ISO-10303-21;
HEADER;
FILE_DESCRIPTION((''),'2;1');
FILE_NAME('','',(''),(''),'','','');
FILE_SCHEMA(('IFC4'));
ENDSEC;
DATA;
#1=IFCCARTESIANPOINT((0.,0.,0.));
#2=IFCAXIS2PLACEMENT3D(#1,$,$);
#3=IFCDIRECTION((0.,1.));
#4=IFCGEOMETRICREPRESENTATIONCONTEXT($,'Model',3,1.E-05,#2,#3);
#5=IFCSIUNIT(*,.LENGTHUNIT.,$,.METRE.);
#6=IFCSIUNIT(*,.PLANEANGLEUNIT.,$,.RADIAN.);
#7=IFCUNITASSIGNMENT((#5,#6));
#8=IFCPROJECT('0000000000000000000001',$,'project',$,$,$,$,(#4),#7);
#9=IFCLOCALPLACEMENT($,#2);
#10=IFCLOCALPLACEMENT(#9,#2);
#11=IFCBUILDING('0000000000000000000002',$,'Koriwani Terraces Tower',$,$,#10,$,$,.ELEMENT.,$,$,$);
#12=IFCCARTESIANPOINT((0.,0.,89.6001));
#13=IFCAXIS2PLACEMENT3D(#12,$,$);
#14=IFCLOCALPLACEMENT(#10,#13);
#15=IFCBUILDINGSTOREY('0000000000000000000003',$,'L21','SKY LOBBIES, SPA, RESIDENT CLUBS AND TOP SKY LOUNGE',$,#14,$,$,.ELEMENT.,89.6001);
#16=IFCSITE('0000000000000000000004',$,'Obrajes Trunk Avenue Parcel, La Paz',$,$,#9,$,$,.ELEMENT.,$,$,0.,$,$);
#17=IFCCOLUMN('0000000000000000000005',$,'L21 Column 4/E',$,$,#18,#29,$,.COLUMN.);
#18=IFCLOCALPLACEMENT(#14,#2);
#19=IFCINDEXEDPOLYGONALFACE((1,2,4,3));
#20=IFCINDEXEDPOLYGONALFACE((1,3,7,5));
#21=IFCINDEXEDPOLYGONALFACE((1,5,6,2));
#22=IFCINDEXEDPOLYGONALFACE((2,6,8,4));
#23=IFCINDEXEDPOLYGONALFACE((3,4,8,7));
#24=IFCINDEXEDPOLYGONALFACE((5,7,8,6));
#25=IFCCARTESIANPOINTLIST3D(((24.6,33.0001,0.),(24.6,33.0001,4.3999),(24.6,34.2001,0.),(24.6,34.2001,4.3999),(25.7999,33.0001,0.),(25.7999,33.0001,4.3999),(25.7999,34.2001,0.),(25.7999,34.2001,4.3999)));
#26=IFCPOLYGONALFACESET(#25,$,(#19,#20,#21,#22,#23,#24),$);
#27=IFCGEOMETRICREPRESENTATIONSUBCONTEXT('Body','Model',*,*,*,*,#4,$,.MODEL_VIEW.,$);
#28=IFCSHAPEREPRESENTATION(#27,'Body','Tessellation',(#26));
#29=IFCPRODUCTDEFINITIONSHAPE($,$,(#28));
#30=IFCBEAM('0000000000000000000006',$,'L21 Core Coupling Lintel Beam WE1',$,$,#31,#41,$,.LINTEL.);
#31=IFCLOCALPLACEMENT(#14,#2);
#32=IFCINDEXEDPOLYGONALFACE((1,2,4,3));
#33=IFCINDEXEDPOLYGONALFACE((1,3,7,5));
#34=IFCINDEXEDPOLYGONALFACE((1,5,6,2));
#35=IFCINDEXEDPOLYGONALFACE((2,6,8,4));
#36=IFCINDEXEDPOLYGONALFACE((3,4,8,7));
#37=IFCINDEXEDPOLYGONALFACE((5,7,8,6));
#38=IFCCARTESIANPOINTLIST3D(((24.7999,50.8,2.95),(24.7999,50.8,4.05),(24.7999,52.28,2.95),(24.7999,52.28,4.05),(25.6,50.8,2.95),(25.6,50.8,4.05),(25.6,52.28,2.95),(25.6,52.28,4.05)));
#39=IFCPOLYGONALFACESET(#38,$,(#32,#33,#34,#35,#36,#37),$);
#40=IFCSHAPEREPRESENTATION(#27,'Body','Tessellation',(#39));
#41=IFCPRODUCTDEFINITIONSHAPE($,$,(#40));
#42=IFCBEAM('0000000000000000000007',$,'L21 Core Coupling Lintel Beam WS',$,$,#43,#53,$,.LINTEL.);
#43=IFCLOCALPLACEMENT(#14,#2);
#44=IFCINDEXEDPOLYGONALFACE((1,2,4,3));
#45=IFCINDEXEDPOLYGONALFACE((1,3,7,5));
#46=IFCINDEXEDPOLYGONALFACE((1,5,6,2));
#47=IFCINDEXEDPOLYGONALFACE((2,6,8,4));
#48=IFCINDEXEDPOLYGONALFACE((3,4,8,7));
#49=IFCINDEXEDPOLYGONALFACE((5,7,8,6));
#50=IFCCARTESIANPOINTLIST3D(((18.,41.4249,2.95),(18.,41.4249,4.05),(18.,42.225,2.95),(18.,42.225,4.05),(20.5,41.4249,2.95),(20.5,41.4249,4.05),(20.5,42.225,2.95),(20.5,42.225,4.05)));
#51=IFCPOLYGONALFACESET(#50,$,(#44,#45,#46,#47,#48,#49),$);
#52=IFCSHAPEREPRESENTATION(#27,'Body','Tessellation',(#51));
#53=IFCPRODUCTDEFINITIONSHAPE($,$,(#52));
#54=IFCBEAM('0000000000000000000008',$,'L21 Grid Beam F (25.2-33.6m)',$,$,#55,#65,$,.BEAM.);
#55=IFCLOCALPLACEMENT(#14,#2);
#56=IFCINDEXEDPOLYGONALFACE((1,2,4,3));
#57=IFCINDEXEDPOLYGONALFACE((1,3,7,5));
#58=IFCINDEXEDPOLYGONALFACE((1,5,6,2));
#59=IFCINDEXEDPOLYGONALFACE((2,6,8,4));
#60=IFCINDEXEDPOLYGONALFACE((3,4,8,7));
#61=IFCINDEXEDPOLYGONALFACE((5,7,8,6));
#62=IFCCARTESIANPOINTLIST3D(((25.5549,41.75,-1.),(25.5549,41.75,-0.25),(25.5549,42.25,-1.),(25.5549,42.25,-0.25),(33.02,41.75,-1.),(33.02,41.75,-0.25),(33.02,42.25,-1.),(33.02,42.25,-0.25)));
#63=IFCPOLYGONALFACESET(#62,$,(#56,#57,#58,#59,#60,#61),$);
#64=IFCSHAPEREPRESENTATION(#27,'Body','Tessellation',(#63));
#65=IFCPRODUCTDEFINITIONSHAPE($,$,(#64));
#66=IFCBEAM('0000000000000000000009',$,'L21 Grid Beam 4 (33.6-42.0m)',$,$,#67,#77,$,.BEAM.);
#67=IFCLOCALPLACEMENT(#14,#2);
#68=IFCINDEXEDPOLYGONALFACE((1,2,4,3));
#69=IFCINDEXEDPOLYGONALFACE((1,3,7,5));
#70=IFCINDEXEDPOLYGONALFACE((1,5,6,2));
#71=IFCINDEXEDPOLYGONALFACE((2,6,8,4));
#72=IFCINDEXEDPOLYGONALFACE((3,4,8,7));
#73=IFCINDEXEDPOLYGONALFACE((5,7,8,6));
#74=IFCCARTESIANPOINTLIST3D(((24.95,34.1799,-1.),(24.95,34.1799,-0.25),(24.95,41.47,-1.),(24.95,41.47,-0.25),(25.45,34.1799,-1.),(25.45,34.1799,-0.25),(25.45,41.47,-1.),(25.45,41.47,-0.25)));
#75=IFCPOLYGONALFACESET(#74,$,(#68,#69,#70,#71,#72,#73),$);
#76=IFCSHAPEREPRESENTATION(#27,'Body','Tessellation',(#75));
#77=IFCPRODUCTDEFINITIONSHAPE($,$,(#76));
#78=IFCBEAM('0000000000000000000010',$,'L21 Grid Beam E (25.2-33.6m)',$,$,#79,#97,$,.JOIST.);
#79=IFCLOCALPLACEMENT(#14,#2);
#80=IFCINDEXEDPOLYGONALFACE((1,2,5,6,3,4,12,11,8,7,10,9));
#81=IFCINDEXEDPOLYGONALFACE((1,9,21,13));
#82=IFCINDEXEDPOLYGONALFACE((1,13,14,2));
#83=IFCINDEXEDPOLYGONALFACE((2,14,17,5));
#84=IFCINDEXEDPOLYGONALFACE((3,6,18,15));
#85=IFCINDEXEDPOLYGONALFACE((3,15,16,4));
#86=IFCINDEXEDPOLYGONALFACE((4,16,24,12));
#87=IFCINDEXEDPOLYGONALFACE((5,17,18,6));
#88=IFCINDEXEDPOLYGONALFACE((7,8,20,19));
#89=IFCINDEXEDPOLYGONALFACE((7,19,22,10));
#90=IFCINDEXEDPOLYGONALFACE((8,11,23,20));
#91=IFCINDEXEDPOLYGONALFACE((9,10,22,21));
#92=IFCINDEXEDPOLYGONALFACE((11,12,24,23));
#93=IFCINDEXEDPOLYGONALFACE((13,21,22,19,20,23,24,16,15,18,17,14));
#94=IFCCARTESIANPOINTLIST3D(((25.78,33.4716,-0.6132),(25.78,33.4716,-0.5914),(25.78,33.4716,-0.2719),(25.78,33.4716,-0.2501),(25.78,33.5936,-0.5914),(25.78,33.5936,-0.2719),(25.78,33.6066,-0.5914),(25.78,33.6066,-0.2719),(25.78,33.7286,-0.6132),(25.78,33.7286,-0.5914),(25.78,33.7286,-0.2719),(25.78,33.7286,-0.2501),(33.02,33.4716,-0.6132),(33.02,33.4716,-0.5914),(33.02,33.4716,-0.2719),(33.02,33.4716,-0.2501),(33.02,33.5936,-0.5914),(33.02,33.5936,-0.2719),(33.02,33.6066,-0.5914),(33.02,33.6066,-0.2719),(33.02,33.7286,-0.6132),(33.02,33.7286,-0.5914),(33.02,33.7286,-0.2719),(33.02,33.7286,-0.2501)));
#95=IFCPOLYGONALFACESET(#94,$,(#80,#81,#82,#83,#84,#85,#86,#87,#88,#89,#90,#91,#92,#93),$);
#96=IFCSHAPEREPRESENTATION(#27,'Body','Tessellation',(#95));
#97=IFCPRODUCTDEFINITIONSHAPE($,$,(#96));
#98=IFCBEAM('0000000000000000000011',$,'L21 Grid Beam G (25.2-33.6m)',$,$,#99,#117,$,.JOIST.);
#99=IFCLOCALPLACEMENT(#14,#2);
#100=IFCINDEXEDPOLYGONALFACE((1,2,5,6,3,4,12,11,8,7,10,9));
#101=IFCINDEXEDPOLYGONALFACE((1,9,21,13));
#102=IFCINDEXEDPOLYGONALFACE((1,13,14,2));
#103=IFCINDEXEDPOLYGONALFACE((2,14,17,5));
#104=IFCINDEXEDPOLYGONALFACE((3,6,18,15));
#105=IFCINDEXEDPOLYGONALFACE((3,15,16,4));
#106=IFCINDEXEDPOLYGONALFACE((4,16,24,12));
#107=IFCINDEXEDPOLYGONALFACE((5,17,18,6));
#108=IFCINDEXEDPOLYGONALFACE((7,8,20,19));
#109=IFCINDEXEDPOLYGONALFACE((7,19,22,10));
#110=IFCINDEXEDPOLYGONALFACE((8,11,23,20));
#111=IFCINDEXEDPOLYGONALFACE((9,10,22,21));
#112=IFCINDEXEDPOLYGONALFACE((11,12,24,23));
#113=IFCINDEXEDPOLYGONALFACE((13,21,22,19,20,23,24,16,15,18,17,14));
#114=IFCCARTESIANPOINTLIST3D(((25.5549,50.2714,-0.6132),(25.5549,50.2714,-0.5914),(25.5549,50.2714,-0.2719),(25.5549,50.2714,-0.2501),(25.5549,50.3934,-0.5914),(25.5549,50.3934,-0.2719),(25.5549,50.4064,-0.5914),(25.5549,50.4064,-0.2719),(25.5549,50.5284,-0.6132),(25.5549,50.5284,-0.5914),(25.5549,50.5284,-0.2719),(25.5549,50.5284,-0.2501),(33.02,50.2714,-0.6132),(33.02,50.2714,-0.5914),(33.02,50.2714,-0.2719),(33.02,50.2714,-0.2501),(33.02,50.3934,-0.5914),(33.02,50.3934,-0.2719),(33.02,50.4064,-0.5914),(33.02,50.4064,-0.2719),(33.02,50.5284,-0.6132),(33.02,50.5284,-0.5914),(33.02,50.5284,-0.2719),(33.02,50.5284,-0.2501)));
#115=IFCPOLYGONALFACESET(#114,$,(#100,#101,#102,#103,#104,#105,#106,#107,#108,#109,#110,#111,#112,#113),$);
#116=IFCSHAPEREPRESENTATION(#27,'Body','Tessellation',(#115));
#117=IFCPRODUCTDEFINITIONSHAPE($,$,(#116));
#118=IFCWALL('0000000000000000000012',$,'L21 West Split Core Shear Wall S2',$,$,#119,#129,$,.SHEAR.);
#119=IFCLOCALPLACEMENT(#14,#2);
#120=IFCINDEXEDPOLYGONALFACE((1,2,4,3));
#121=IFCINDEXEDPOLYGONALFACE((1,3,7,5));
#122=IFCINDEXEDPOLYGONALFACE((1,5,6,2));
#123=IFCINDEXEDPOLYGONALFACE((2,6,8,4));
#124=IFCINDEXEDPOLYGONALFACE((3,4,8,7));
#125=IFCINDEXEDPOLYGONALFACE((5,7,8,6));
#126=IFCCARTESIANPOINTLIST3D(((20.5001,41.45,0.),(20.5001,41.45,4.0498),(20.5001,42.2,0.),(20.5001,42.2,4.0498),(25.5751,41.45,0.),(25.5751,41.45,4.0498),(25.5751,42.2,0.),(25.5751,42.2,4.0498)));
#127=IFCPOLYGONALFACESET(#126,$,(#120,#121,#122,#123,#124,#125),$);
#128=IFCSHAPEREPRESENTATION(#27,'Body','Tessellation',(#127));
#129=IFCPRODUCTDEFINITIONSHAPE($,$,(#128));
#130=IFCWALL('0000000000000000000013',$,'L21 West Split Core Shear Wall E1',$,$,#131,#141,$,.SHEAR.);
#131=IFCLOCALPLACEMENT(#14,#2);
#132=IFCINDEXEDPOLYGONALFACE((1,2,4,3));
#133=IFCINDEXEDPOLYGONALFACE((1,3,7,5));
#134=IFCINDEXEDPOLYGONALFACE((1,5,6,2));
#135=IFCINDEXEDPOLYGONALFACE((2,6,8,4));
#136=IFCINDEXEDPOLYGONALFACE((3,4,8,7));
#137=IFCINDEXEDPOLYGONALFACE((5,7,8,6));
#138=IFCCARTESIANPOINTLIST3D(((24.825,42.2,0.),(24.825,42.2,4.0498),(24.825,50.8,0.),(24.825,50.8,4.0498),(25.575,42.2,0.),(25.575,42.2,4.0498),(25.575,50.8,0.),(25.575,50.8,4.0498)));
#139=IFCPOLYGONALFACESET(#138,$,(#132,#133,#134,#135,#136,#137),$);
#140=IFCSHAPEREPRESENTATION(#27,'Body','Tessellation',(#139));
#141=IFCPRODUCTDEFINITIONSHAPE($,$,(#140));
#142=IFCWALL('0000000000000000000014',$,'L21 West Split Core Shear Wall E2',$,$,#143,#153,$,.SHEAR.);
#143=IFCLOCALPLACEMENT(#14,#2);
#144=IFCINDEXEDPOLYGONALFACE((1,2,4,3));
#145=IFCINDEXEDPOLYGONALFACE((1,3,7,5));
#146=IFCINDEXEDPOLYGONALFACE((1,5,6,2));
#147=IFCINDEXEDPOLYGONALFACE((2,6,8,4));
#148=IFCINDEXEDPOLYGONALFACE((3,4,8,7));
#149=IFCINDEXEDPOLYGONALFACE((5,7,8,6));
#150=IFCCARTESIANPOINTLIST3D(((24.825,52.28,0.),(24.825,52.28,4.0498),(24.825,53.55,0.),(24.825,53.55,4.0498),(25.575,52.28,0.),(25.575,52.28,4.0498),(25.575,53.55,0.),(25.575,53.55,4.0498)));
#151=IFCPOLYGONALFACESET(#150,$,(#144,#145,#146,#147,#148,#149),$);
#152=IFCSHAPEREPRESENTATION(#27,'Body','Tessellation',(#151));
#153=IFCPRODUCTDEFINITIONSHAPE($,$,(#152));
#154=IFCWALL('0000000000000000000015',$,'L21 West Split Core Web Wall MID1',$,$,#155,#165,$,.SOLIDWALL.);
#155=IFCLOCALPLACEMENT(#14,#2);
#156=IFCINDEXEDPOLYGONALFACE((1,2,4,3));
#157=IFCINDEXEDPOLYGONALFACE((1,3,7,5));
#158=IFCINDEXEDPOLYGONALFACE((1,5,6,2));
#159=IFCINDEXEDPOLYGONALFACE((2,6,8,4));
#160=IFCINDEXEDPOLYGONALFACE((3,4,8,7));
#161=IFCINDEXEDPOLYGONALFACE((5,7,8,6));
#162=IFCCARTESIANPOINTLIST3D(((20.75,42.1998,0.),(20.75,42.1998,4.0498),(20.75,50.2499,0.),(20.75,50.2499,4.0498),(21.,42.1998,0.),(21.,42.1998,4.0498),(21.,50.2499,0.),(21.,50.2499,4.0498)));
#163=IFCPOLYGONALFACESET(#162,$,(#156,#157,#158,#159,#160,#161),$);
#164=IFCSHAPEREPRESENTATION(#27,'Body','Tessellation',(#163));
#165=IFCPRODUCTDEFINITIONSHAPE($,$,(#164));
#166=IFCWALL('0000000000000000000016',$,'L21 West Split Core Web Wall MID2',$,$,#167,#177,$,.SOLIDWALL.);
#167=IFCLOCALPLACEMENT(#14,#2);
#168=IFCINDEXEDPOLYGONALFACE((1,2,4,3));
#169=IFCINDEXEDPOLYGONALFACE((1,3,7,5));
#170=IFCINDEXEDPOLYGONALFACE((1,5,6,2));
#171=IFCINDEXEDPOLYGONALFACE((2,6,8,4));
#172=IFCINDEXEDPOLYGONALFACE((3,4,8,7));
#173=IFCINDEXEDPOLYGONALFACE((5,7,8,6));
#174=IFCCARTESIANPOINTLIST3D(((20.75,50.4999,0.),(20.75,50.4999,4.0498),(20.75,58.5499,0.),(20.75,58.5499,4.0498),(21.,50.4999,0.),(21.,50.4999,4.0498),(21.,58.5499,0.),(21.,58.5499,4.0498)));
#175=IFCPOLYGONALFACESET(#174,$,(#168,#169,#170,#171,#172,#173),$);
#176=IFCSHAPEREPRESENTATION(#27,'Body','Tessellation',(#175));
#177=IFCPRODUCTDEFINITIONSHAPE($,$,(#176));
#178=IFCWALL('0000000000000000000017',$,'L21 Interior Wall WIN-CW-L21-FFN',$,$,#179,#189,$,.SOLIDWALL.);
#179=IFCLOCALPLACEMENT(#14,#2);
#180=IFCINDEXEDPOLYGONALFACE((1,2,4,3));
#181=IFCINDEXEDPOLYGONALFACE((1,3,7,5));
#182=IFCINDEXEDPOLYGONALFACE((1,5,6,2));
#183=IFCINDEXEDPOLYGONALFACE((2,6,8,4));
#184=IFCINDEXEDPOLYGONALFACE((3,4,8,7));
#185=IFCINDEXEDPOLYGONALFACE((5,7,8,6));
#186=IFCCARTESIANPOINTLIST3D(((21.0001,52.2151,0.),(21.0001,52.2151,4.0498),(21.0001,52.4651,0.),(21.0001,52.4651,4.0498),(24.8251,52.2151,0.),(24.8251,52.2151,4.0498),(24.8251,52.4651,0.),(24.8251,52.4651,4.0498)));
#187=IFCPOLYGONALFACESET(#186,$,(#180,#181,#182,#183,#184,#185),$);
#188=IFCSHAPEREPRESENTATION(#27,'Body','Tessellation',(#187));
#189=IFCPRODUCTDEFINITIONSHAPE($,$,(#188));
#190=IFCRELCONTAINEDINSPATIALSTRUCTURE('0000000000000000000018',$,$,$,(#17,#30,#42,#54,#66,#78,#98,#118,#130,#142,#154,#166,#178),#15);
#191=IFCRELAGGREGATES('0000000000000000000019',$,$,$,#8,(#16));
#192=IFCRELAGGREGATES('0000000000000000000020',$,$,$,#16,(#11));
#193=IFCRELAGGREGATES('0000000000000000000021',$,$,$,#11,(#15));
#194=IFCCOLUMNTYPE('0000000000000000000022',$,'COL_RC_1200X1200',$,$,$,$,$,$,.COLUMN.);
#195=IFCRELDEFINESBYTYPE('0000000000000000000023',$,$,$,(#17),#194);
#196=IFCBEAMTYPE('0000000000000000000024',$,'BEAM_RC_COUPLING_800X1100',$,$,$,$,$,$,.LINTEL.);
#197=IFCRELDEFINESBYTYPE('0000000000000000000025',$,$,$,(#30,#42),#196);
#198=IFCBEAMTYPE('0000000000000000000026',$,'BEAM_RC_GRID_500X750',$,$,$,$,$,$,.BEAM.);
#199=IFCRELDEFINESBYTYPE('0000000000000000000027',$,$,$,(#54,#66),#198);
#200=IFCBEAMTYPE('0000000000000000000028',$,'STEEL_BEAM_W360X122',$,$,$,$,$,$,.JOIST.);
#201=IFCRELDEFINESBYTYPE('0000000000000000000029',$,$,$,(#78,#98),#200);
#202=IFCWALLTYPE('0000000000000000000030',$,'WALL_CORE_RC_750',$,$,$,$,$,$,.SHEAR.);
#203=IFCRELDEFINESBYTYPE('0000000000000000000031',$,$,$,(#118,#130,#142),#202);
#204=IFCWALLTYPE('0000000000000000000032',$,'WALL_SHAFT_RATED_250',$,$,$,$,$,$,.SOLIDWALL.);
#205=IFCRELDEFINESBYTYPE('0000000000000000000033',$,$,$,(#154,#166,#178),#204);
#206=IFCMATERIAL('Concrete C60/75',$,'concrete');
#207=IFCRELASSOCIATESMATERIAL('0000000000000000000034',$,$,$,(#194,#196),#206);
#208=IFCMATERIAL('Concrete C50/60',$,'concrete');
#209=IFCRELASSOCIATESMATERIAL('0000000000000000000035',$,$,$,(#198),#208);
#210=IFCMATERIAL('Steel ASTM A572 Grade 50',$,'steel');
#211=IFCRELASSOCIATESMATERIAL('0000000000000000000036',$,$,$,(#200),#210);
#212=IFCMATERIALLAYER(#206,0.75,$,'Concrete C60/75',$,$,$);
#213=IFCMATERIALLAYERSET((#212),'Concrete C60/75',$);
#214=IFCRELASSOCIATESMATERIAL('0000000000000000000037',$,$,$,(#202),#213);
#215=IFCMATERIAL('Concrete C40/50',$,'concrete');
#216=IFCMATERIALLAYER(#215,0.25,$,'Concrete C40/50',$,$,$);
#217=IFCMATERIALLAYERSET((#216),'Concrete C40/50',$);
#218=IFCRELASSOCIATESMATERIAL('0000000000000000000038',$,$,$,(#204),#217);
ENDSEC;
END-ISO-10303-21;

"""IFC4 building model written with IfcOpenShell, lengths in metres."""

from ifc_helpers import new_model, si_unit, direction, frame, frame_2d, origin, origin_2d, place, context, subcontext, project, spatial, rectangle, i_section, extrude, material, layer, layer_set, material_profile, profile_set, type_object, element, save


model = new_model("IFC4")

# Units and contexts
model_context = context("Model", 3, precision=1e-05, world=origin(), true_north=direction((0.0, 1.0)))
body_context = subcontext(model_context, "Body", "Model", "MODEL_VIEW")
ifc_project = project(units=[si_unit("LENGTHUNIT", "METRE"), si_unit("PLANEANGLEUNIT", "RADIAN")], contexts=[model_context])

# Site, building, storey
site_placement = place(None, origin())
site = spatial("IfcSite", under=ifc_project, at=site_placement, Name="Obrajes Trunk Avenue Parcel, La Paz", CompositionType="ELEMENT", RefElevation=0.0)
building_placement = place(site_placement, origin())
building = spatial("IfcBuilding", under=site, at=building_placement, Name="Koriwani Terraces Tower", CompositionType="ELEMENT")
storey_placement = place(building_placement, frame((0.0, 0.0, 89.6001)))
storey = spatial("IfcBuildingStorey", under=building, at=storey_placement, Name="L21", Description="SKY LOBBIES, SPA, RESIDENT CLUBS AND TOP SKY LOUNGE", CompositionType="ELEMENT", Elevation=89.6001)

# Column
ifc_material_1 = material(Name="Concrete C60/75", Category="concrete")
ifc_material_profile_1 = material_profile(ifc_material_1, rectangle(XDim=1.2, YDim=1.2, at=origin_2d()), Name="Concrete C60/75", Category="LoadBearing")
ifc_profile_set_1 = profile_set([ifc_material_profile_1], Name="Concrete C60/75")
column_type = type_object("IfcColumnType", Name="COL_RC_1200X1200", PredefinedType="COLUMN", material=ifc_profile_set_1)
column_placement = place(storey_placement, frame((25.2, 33.6001, 0.0), z_axis=(0.0, 0.0, 1.0), x_axis=(1.0, 0.0, 0.0)))
element("IfcColumn", 1, at=column_placement, inside=storey, type_object=column_type, Name="L21 Column 4/E", PredefinedType="COLUMN", context=body_context, shape_type="SweptSolid", body=[
    extrude(rectangle(XDim=1.2, YDim=1.2, at=origin_2d()), origin(), (0.0, 0.0, 1.0), 4.3999),
])

# Beams
ifc_material_profile_2 = material_profile(ifc_material_1, rectangle(XDim=0.8, YDim=1.1001, at=origin_2d()), Name="Concrete C60/75", Category="LoadBearing")
ifc_profile_set_2 = profile_set([ifc_material_profile_2], Name="Concrete C60/75")
beam_type_1 = type_object("IfcBeamType", Name="BEAM_RC_COUPLING_800X1100", PredefinedType="LINTEL", material=ifc_profile_set_2)
beam_1_placement = place(storey_placement, frame((25.2, 50.8, 3.5), z_axis=(0.0, 1.0, 0.0), x_axis=(-1.0, 0.0, 0.0)))
element("IfcBeam", 2, at=beam_1_placement, inside=storey, type_object=beam_type_1, Name="L21 Core Coupling Lintel Beam WE1", PredefinedType="LINTEL", context=body_context, shape_type="SweptSolid", body=[
    extrude(rectangle(XDim=0.8, YDim=1.1001, at=origin_2d()), origin(), (0.0, 0.0, 1.0), 1.48),
])
beam_2_placement = place(storey_placement, frame((18.0, 41.825, 3.5), z_axis=(1.0, 0.0, 0.0), x_axis=(0.0, 1.0, 0.0)))
element("IfcBeam", 3, at=beam_2_placement, inside=storey, type_object=beam_type_1, Name="L21 Core Coupling Lintel Beam WS", PredefinedType="LINTEL", context=body_context, shape_type="SweptSolid", body=[
    extrude(rectangle(XDim=0.8, YDim=1.1001, at=origin_2d()), origin(), (0.0, 0.0, 1.0), 2.5),
])
ifc_material_2 = material(Name="Concrete C50/60", Category="concrete")
ifc_material_profile_3 = material_profile(ifc_material_2, rectangle(XDim=0.5, YDim=0.75, at=origin_2d()), Name="Concrete C50/60", Category="LoadBearing")
ifc_profile_set_3 = profile_set([ifc_material_profile_3], Name="Concrete C50/60")
beam_type_2 = type_object("IfcBeamType", Name="BEAM_RC_GRID_500X750", PredefinedType="BEAM", material=ifc_profile_set_3)
beam_3_placement = place(storey_placement, frame((25.5549, 42.0, -0.625), z_axis=(1.0, 0.0, 0.0), x_axis=(0.0, 1.0, 0.0)))
element("IfcBeam", 4, at=beam_3_placement, inside=storey, type_object=beam_type_2, Name="L21 Grid Beam F (25.2-33.6m)", PredefinedType="BEAM", context=body_context, shape_type="SweptSolid", body=[
    extrude(rectangle(XDim=0.5, YDim=0.75, at=origin_2d()), origin(), (0.0, 0.0, 1.0), 7.4651),
])
beam_4_placement = place(storey_placement, frame((25.2, 34.1799, -0.625), z_axis=(0.0, 1.0, 0.0), x_axis=(-1.0, 0.0, 0.0)))
element("IfcBeam", 5, at=beam_4_placement, inside=storey, type_object=beam_type_2, Name="L21 Grid Beam 4 (33.6-42.0m)", PredefinedType="BEAM", context=body_context, shape_type="SweptSolid", body=[
    extrude(rectangle(XDim=0.5, YDim=0.75, at=origin_2d()), origin(), (0.0, 0.0, 1.0), 7.29),
])
ifc_material_3 = material(Name="Steel ASTM A572 Grade 50", Category="steel")
ifc_material_profile_4 = material_profile(ifc_material_3, i_section(OverallWidth=0.2571, OverallDepth=0.363, WebThickness=0.0129, FlangeThickness=0.0217, at=origin_2d()), Name="Steel ASTM A572 Grade 50", Category="LoadBearing")
ifc_profile_set_4 = profile_set([ifc_material_profile_4], Name="Steel ASTM A572 Grade 50")
beam_type_3 = type_object("IfcBeamType", Name="STEEL_BEAM_W360X122", PredefinedType="JOIST", material=ifc_profile_set_4)
beam_5_placement = place(storey_placement, frame((25.78, 33.6001, -0.4316), z_axis=(1.0, 0.0, 0.0), x_axis=(0.0, 1.0, 0.0)))
element("IfcBeam", 6, at=beam_5_placement, inside=storey, type_object=beam_type_3, Name="L21 Grid Beam E (25.2-33.6m)", PredefinedType="JOIST", context=body_context, shape_type="SweptSolid", body=[
    extrude(i_section(OverallWidth=0.2571, OverallDepth=0.363, WebThickness=0.0129, FlangeThickness=0.0217, at=origin_2d()), origin(), (0.0, 0.0, 1.0), 7.24),
])
beam_6_placement = place(storey_placement, frame((25.5549, 50.3999, -0.4316), z_axis=(1.0, 0.0, 0.0), x_axis=(0.0, 1.0, 0.0)))
element("IfcBeam", 7, at=beam_6_placement, inside=storey, type_object=beam_type_3, Name="L21 Grid Beam G (25.2-33.6m)", PredefinedType="JOIST", context=body_context, shape_type="SweptSolid", body=[
    extrude(i_section(OverallWidth=0.2571, OverallDepth=0.363, WebThickness=0.0129, FlangeThickness=0.0217, at=origin_2d()), origin(), (0.0, 0.0, 1.0), 7.4651),
])

# Walls
ifc_layer_1 = layer(ifc_material_1, 0.75, Name="Concrete C60/75")
ifc_layer_set_1 = layer_set([ifc_layer_1], Name="Concrete C60/75")
wall_type_1 = type_object("IfcWallType", Name="WALL_CORE_RC_750", PredefinedType="SHEAR", material=ifc_layer_set_1)
wall_1_placement = place(storey_placement, frame((20.5, 41.825, 0.0), z_axis=(0.0, 0.0, 1.0), x_axis=(1.0, 0.0, 0.0)))
element("IfcWall", 8, at=wall_1_placement, inside=storey, type_object=wall_type_1, Name="L21 West Split Core Shear Wall S2", PredefinedType="SHEAR", context=body_context, shape_type="SweptSolid", body=[
    extrude(rectangle(XDim=5.075, YDim=0.75, at=frame_2d((2.5376, 0.0))), origin(), (0.0, 0.0, 1.0), 4.0498),
])
wall_2_placement = place(storey_placement, frame((25.2, 42.2, 0.0), z_axis=(0.0, 0.0, 1.0), x_axis=(0.0, 1.0, 0.0)))
element("IfcWall", 9, at=wall_2_placement, inside=storey, type_object=wall_type_1, Name="L21 West Split Core Shear Wall E1", PredefinedType="SHEAR", context=body_context, shape_type="SweptSolid", body=[
    extrude(rectangle(XDim=8.6001, YDim=0.75, at=frame_2d((4.3, 0.0))), origin(), (0.0, 0.0, 1.0), 4.0498),
])
wall_3_placement = place(storey_placement, frame((25.2, 52.28, 0.0), z_axis=(0.0, 0.0, 1.0), x_axis=(0.0, 1.0, 0.0)))
element("IfcWall", 10, at=wall_3_placement, inside=storey, type_object=wall_type_1, Name="L21 West Split Core Shear Wall E2", PredefinedType="SHEAR", context=body_context, shape_type="SweptSolid", body=[
    extrude(rectangle(XDim=1.27, YDim=0.75, at=frame_2d((0.635, 0.0))), origin(), (0.0, 0.0, 1.0), 4.0498),
])
ifc_material_4 = material(Name="Concrete C40/50", Category="concrete")
ifc_layer_2 = layer(ifc_material_4, 0.25, Name="Concrete C40/50")
ifc_layer_set_2 = layer_set([ifc_layer_2], Name="Concrete C40/50")
wall_type_2 = type_object("IfcWallType", Name="WALL_SHAFT_RATED_250", PredefinedType="SOLIDWALL", material=ifc_layer_set_2)
for number, where, z_axis, x_axis, name in (
    (11, (20.875, 42.2, 0.0), (0.0, 0.0, 1.0), (0.0, 1.0, 0.0), "L21 West Split Core Web Wall MID1"),
    (12, (20.875, 50.5, 0.0), (0.0, 0.0, 1.0), (0.0, 1.0, 0.0), "L21 West Split Core Web Wall MID2"),
):
    element("IfcWall", number, at=place(storey_placement, frame(where, z_axis=z_axis, x_axis=x_axis)), inside=storey, type_object=wall_type_2, Name=name, PredefinedType="SOLIDWALL", context=body_context, shape_type="SweptSolid", body=[
        extrude(rectangle(XDim=8.05, YDim=0.25, at=frame_2d((4.0249, 0.0))), origin(), (0.0, 0.0, 1.0), 4.0498),
    ])

# Wall
wall_4_placement = place(storey_placement, frame((21.0, 52.3401, 0.0), z_axis=(0.0, 0.0, 1.0), x_axis=(1.0, 0.0, 0.0)))
element("IfcWall", 13, at=wall_4_placement, inside=storey, type_object=wall_type_2, Name="L21 Interior Wall WIN-CW-L21-FFN", PredefinedType="SOLIDWALL", context=body_context, shape_type="SweptSolid", body=[
    extrude(rectangle(XDim=3.825, YDim=0.25, at=frame_2d((1.9126, 0.0))), origin(), (0.0, 0.0, 1.0), 4.0498),
])

save(model, "model.ifc")
